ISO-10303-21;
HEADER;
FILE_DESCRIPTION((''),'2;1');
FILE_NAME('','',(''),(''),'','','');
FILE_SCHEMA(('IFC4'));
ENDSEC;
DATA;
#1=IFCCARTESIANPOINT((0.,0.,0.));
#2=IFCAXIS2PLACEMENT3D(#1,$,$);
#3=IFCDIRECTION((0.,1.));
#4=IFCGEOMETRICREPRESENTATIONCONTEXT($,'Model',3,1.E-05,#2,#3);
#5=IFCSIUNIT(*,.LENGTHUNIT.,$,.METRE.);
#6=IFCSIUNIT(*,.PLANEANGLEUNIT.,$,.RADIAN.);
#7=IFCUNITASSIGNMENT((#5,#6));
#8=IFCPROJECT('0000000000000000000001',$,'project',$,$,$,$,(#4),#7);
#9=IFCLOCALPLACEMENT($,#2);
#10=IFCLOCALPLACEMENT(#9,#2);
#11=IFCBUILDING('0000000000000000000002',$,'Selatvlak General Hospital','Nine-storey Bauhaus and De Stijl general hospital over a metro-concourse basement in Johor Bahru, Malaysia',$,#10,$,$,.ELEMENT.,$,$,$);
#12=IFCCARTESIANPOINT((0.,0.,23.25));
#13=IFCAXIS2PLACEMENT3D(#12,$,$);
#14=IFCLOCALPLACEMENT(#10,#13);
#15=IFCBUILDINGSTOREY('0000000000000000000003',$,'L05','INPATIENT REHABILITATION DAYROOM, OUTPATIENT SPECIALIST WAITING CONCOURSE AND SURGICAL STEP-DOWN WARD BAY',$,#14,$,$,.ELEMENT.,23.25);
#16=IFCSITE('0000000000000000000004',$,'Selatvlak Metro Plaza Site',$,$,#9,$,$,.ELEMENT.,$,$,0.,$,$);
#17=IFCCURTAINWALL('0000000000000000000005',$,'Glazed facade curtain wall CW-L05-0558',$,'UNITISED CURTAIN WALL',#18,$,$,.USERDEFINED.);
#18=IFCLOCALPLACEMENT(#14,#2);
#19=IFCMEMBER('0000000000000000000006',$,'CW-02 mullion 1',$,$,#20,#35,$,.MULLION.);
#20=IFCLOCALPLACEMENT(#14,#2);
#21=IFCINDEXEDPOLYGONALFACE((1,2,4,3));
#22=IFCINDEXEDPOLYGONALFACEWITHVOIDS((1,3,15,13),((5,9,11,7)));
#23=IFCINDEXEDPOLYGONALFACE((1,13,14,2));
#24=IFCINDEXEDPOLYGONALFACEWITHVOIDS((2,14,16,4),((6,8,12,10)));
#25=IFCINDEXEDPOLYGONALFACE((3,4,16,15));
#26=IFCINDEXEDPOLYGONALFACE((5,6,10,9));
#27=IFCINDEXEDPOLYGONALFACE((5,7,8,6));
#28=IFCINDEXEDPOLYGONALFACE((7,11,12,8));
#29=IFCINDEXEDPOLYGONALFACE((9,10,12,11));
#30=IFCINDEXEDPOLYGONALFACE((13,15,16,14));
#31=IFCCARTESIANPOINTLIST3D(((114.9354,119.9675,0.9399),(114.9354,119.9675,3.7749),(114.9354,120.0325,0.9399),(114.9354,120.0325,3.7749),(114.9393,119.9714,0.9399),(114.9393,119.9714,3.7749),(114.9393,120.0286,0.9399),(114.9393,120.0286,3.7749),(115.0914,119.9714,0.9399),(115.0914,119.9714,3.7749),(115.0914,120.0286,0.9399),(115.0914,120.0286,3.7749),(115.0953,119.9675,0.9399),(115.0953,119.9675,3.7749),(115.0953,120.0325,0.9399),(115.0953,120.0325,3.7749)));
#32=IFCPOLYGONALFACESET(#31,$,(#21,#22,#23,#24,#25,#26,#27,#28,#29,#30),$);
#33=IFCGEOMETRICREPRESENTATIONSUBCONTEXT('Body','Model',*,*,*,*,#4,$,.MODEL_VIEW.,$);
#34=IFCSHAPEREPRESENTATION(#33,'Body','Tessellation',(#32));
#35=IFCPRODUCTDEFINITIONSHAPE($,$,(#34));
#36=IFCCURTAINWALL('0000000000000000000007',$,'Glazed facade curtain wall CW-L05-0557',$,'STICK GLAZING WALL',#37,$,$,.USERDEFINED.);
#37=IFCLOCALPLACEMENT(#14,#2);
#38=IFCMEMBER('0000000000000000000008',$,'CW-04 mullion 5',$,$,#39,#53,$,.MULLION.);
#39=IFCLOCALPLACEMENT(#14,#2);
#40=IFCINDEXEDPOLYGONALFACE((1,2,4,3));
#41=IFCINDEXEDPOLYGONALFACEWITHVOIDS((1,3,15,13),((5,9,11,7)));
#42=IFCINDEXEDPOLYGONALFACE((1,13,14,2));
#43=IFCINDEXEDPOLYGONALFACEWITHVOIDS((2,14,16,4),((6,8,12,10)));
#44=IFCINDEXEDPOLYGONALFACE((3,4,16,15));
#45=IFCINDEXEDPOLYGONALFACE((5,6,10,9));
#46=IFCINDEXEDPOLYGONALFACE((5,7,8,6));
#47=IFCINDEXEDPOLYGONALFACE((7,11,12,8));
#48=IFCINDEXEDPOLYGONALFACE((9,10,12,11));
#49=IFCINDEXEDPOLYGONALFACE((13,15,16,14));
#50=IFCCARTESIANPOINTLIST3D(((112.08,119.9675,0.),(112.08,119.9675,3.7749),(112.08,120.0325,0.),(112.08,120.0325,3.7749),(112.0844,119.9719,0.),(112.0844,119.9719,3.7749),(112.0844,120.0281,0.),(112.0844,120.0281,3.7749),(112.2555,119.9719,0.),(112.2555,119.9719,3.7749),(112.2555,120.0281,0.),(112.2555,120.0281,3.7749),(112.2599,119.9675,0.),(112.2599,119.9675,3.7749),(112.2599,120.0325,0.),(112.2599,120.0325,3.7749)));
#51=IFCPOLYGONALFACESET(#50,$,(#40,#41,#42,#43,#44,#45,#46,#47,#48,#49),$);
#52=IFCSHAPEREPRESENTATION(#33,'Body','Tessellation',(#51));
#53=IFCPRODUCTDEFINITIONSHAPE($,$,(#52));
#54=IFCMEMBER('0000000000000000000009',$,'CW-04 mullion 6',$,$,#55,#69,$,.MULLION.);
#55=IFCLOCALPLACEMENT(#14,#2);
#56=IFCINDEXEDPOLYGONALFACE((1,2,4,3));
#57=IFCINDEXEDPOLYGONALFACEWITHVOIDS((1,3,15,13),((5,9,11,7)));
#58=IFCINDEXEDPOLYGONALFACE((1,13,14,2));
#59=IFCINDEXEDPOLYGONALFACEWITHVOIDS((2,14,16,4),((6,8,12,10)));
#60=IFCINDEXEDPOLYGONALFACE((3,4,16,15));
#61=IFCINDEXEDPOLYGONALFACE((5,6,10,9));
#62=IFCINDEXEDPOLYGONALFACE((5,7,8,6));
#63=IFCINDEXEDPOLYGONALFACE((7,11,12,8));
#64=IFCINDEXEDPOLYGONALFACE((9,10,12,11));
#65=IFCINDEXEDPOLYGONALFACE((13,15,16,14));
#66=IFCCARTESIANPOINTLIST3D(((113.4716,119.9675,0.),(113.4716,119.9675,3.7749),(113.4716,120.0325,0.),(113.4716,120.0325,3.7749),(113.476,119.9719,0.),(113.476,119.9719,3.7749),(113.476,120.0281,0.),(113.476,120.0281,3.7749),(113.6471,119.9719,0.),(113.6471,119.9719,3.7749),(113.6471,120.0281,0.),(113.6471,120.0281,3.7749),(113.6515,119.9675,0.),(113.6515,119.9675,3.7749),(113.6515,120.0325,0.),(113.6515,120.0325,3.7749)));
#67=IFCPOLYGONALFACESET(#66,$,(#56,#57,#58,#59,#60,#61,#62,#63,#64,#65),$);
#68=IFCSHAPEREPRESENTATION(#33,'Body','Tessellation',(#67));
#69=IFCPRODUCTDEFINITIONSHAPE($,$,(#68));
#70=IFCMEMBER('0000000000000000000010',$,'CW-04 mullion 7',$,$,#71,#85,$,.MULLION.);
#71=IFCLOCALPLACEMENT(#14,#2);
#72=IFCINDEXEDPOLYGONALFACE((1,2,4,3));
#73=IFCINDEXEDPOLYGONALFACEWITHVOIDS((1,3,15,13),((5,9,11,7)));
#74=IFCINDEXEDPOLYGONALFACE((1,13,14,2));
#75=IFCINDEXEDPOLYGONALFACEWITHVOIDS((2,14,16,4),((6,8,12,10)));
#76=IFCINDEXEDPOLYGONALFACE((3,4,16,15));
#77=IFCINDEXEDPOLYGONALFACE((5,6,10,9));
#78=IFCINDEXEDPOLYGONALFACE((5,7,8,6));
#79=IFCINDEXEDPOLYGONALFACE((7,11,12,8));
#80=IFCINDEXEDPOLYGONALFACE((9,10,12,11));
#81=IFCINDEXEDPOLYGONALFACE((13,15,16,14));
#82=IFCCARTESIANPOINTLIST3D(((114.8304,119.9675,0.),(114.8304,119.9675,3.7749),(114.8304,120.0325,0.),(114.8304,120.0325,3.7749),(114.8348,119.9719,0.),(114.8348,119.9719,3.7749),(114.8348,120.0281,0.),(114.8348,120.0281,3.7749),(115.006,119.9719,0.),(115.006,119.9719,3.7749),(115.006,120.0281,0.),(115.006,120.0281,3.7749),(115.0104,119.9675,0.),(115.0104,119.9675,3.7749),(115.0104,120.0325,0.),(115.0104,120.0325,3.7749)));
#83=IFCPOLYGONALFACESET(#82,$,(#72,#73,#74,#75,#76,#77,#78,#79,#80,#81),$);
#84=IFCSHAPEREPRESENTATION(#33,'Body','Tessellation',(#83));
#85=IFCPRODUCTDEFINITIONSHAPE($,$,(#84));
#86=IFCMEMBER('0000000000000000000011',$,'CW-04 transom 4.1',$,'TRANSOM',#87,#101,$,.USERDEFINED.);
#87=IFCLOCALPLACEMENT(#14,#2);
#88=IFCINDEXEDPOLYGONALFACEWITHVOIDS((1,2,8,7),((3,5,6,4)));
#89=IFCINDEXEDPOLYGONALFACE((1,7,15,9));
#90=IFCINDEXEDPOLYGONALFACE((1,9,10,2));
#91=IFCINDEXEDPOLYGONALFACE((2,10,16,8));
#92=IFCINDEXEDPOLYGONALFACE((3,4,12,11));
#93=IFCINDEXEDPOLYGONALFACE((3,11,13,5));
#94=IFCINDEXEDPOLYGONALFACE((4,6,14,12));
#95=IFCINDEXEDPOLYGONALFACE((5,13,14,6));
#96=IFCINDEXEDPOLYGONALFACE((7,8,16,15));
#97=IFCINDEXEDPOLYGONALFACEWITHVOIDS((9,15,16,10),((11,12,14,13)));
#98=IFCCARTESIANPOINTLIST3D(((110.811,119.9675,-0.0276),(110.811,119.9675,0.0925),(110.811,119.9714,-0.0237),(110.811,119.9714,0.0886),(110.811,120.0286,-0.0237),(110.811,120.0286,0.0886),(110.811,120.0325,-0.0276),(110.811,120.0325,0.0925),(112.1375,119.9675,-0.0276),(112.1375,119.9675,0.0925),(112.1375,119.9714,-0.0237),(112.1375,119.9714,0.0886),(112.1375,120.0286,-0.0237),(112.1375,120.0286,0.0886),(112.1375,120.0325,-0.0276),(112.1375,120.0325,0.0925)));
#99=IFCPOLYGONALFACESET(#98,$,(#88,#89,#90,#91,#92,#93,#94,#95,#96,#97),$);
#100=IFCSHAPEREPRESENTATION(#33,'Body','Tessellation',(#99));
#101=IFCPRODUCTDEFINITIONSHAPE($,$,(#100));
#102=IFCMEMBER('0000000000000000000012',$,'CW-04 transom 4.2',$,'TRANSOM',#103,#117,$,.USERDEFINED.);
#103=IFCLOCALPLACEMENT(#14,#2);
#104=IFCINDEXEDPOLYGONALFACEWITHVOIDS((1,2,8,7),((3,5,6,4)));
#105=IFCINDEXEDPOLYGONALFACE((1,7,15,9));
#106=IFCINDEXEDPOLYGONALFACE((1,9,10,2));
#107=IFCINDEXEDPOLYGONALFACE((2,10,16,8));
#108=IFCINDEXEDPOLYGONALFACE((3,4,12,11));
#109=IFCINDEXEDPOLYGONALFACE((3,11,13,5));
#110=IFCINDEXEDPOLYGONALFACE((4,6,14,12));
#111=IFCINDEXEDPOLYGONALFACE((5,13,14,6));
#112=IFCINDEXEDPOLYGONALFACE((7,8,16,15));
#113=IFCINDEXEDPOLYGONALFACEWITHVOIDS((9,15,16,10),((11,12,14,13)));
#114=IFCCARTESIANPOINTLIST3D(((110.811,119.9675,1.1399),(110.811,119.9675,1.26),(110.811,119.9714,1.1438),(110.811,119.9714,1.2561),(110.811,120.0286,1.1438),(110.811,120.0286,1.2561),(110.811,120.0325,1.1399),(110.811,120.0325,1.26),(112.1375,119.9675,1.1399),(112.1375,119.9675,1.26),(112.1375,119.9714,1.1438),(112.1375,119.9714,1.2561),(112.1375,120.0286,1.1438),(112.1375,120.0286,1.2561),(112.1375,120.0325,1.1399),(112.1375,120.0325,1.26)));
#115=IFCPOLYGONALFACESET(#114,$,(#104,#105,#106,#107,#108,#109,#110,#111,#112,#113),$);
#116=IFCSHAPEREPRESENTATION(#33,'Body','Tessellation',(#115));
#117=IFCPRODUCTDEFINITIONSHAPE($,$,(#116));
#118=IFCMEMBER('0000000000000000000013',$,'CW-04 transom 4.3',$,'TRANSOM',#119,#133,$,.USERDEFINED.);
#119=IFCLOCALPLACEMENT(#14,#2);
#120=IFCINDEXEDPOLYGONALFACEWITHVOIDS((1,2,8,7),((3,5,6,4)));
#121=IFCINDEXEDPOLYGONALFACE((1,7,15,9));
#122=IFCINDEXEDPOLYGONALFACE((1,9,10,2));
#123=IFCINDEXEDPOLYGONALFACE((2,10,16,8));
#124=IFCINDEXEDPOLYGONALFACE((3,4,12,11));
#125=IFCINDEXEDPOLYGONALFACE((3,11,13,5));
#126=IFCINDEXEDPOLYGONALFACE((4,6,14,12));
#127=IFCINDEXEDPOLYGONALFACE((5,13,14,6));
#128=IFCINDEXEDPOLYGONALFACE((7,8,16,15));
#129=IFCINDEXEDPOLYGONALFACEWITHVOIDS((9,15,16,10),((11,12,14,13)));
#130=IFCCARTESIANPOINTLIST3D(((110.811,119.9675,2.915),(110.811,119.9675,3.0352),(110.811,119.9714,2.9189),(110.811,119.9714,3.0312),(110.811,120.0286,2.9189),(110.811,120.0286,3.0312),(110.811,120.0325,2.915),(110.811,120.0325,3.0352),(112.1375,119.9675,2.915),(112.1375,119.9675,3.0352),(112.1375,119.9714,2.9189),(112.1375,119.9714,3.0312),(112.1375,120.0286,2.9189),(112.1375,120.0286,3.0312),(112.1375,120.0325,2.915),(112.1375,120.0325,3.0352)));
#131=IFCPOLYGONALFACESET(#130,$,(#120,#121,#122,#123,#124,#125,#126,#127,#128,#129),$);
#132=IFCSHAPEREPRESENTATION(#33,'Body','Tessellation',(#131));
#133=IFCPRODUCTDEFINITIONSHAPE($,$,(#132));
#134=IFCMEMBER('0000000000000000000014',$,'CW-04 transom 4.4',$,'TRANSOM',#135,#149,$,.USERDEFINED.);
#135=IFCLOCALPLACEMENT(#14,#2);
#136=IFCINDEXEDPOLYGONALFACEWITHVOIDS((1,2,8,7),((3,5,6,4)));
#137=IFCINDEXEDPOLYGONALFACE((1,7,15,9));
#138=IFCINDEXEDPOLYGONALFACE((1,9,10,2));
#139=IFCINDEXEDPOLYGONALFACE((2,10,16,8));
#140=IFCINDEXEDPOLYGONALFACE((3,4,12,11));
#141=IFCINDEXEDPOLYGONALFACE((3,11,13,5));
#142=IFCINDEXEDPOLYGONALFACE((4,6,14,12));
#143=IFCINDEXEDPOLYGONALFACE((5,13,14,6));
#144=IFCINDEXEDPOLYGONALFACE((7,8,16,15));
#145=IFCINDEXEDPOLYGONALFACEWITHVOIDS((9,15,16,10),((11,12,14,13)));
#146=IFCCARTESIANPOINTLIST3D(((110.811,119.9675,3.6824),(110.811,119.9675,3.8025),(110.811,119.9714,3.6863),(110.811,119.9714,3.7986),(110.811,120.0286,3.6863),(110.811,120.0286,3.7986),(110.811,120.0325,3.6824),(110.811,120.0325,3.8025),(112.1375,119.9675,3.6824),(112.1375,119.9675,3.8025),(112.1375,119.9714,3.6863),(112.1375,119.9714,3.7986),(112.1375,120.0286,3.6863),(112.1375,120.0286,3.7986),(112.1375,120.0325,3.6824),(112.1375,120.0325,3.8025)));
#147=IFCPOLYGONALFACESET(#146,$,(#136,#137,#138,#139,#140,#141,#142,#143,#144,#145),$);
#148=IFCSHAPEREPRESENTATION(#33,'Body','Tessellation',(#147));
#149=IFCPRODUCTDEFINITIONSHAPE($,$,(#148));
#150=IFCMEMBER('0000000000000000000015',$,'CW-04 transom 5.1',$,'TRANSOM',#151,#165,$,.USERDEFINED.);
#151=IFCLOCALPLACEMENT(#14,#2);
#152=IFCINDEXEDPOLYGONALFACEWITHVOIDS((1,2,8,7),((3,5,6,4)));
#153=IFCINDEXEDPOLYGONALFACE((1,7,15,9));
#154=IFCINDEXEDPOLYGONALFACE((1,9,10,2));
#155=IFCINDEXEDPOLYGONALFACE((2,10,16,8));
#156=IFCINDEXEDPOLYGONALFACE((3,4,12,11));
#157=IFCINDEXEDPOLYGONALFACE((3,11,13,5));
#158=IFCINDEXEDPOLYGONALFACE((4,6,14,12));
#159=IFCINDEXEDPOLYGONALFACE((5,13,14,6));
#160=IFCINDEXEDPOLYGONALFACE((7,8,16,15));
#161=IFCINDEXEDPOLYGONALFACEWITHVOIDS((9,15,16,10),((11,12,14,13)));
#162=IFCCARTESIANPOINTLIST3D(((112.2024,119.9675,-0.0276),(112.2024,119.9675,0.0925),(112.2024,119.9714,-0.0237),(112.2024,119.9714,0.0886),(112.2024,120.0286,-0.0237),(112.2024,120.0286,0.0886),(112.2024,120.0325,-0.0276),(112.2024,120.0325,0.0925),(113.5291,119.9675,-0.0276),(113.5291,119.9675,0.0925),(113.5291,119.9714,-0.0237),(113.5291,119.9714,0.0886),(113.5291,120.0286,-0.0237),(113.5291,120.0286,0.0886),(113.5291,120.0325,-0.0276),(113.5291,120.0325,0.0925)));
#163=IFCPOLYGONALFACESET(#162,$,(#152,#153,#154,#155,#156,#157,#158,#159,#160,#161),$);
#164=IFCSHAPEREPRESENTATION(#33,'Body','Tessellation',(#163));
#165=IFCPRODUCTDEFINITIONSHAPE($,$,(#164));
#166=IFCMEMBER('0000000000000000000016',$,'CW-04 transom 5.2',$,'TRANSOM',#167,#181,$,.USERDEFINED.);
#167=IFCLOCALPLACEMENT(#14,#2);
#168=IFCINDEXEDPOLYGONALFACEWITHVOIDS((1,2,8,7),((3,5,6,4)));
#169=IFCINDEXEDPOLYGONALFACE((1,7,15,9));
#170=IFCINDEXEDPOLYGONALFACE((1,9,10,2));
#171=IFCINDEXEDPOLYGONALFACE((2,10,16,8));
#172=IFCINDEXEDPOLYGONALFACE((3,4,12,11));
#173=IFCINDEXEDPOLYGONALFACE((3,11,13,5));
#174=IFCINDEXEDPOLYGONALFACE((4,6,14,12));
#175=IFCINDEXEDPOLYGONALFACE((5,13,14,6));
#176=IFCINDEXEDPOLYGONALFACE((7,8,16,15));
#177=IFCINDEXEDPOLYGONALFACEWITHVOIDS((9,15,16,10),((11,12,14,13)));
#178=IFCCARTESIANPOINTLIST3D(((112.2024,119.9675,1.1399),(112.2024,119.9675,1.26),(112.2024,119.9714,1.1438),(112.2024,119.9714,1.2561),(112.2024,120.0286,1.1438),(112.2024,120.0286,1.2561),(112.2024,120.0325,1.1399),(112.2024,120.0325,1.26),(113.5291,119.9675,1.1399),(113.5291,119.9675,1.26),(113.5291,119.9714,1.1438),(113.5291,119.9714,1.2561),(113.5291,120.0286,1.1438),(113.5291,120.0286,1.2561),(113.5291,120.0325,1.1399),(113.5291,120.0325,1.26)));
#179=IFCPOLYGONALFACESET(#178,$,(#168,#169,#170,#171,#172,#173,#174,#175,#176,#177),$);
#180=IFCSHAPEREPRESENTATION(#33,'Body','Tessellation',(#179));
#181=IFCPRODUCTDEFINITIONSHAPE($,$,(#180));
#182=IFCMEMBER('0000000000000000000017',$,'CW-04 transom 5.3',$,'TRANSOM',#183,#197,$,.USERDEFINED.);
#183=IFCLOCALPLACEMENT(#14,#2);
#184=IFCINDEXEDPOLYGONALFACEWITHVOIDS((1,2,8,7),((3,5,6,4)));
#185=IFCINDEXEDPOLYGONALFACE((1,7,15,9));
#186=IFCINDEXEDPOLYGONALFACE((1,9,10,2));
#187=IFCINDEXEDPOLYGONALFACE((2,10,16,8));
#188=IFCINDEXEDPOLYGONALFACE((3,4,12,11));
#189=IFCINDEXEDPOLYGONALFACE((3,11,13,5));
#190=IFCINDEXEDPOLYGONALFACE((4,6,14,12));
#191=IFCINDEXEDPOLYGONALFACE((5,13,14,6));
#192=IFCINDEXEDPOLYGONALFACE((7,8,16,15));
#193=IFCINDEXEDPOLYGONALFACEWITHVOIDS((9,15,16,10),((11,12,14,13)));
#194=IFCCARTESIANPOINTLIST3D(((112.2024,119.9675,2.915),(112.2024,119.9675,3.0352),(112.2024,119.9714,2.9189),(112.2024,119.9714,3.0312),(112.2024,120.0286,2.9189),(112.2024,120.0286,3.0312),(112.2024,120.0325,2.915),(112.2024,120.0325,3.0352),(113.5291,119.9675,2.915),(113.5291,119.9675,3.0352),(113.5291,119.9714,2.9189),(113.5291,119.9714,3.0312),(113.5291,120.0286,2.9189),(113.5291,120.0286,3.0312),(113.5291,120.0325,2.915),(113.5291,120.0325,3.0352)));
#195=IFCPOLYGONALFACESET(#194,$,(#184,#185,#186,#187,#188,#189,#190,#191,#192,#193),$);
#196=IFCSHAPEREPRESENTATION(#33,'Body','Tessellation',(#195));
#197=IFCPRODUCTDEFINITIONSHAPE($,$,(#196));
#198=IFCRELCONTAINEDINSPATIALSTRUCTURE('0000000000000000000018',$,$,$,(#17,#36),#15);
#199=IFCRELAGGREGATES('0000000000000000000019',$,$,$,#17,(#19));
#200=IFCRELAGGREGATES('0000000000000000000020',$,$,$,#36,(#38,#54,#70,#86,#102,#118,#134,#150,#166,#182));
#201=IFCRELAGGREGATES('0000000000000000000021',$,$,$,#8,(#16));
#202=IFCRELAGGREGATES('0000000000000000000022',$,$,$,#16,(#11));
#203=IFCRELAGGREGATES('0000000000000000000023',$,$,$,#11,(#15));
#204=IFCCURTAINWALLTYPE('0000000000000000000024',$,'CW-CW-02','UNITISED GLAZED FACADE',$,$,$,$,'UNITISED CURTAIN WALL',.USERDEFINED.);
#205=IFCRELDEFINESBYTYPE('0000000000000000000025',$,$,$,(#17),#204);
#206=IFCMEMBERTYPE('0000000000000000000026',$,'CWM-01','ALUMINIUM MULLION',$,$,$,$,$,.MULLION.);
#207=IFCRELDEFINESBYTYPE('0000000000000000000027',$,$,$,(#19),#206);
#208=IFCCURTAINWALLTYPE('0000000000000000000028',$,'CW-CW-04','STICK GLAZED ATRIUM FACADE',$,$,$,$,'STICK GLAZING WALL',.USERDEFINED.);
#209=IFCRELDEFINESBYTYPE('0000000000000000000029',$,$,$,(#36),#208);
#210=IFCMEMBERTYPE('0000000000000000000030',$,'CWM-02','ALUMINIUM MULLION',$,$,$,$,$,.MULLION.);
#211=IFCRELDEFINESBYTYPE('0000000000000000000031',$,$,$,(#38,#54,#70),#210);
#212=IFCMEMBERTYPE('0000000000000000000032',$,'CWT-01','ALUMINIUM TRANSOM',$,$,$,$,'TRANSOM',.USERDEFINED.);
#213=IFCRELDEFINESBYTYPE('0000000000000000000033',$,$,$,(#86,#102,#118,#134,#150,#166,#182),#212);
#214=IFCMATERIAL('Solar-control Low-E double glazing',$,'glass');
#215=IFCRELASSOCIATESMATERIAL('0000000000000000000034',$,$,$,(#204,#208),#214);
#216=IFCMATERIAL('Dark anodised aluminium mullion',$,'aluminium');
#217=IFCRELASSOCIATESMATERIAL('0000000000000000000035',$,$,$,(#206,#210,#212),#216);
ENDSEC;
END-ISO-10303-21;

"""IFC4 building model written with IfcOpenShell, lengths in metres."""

from ifc_helpers import new_model, si_unit, direction, frame, origin, origin_2d, place, context, subcontext, project, spatial, hollow_rectangle, extrude, material, material_profile, profile_set, type_object, element, aggregate, save


model = new_model("IFC4")

# Units and contexts
model_context = context("Model", 3, precision=1e-05, world=origin(), true_north=direction((0.0, 1.0)))
body_context = subcontext(model_context, "Body", "Model", "MODEL_VIEW")
ifc_project = project(units=[si_unit("LENGTHUNIT", "METRE"), si_unit("PLANEANGLEUNIT", "RADIAN")], contexts=[model_context])

# Site, building, storey
site_placement = place(None, origin())
site = spatial("IfcSite", under=ifc_project, at=site_placement, Name="Selatvlak Metro Plaza Site", CompositionType="ELEMENT", RefElevation=0.0)
building_placement = place(site_placement, origin())
building = spatial("IfcBuilding", under=site, at=building_placement, Name="Selatvlak General Hospital", Description="Nine-storey Bauhaus and De Stijl general hospital over a metro-concourse basement in Johor Bahru, Malaysia", CompositionType="ELEMENT")
storey_placement = place(building_placement, frame((0.0, 0.0, 23.25)))
storey = spatial("IfcBuildingStorey", under=building, at=storey_placement, Name="L05", Description="INPATIENT REHABILITATION DAYROOM, OUTPATIENT SPECIALIST WAITING CONCOURSE AND SURGICAL STEP-DOWN WARD BAY", CompositionType="ELEMENT", Elevation=23.25)

# Curtain wall, member
ifc_material_1 = material(Name="Solar-control Low-E double glazing", Category="glass")
curtain_wall_type_1 = type_object("IfcCurtainWallType", Name="CW-CW-02", Description="UNITISED GLAZED FACADE", ElementType="UNITISED CURTAIN WALL", PredefinedType="USERDEFINED", material=ifc_material_1)
curtain_wall_1_placement = place(storey_placement, origin())
curtain_wall_1 = element("IfcCurtainWall", 1, at=curtain_wall_1_placement, inside=storey, type_object=curtain_wall_type_1, Name="Glazed facade curtain wall CW-L05-0558", ObjectType="UNITISED CURTAIN WALL", PredefinedType="USERDEFINED")
ifc_material_2 = material(Name="Dark anodised aluminium mullion", Category="aluminium")
ifc_material_profile_1 = material_profile(ifc_material_2, hollow_rectangle(XDim=0.0649, YDim=0.1599, WallThickness=0.0039, at=origin_2d()), Name="AL-MUL 65x160x4")
ifc_profile_set_1 = profile_set([ifc_material_profile_1], Name="Dark anodised aluminium mullion")
member_type_1 = type_object("IfcMemberType", Name="CWM-01", Description="ALUMINIUM MULLION", PredefinedType="MULLION", material=ifc_profile_set_1)
member_1_placement = place(storey_placement, frame((115.0154, 120.0, 0.9399), z_axis=(0.0, 0.0, 1.0), x_axis=(0.0, 1.0, 0.0)))
member_1 = element("IfcMember", 2, at=member_1_placement, type_object=member_type_1, Name="CW-02 mullion 1", PredefinedType="MULLION", context=body_context, shape_type="SweptSolid", body=[
    extrude(hollow_rectangle(XDim=0.0649, YDim=0.1599, WallThickness=0.0039, at=origin_2d()), origin(), (0.0, 0.0, 1.0), 2.835),
])
aggregate(curtain_wall_1, [member_1])

# Curtain wall, members
curtain_wall_type_2 = type_object("IfcCurtainWallType", Name="CW-CW-04", Description="STICK GLAZED ATRIUM FACADE", ElementType="STICK GLAZING WALL", PredefinedType="USERDEFINED", material=ifc_material_1)
curtain_wall_2_placement = place(storey_placement, origin())
curtain_wall_2 = element("IfcCurtainWall", 3, at=curtain_wall_2_placement, inside=storey, type_object=curtain_wall_type_2, Name="Glazed facade curtain wall CW-L05-0557", ObjectType="STICK GLAZING WALL", PredefinedType="USERDEFINED")
ifc_material_profile_2 = material_profile(ifc_material_2, hollow_rectangle(XDim=0.0649, YDim=0.1799, WallThickness=0.0044, at=origin_2d()), Name="AL-MUL 65x180x4.5")
ifc_profile_set_2 = profile_set([ifc_material_profile_2], Name="Dark anodised aluminium mullion")
member_type_2 = type_object("IfcMemberType", Name="CWM-02", Description="ALUMINIUM MULLION", PredefinedType="MULLION", material=ifc_profile_set_2)
member_2_placement = place(storey_placement, frame((112.1699, 120.0, 0.0), z_axis=(0.0, 0.0, 1.0), x_axis=(0.0, 1.0, 0.0)))
member_2 = element("IfcMember", 4, at=member_2_placement, type_object=member_type_2, Name="CW-04 mullion 5", PredefinedType="MULLION", context=body_context, shape_type="SweptSolid", body=[
    extrude(hollow_rectangle(XDim=0.0649, YDim=0.1799, WallThickness=0.0044, at=origin_2d()), origin(), (0.0, 0.0, 1.0), 3.7749),
])
member_3_placement = place(storey_placement, frame((113.5615, 120.0, 0.0), z_axis=(0.0, 0.0, 1.0), x_axis=(0.0, 1.0, 0.0)))
member_3 = element("IfcMember", 5, at=member_3_placement, type_object=member_type_2, Name="CW-04 mullion 6", PredefinedType="MULLION", context=body_context, shape_type="SweptSolid", body=[
    extrude(hollow_rectangle(XDim=0.0649, YDim=0.1799, WallThickness=0.0044, at=origin_2d()), origin(), (0.0, 0.0, 1.0), 3.7749),
])
member_4_placement = place(storey_placement, frame((114.9204, 120.0, 0.0), z_axis=(0.0, 0.0, 1.0), x_axis=(0.0, 1.0, 0.0)))
member_4 = element("IfcMember", 6, at=member_4_placement, type_object=member_type_2, Name="CW-04 mullion 7", PredefinedType="MULLION", context=body_context, shape_type="SweptSolid", body=[
    extrude(hollow_rectangle(XDim=0.0649, YDim=0.1799, WallThickness=0.0044, at=origin_2d()), origin(), (0.0, 0.0, 1.0), 3.7749),
])
ifc_material_profile_3 = material_profile(ifc_material_2, hollow_rectangle(XDim=0.0649, YDim=0.1201, WallThickness=0.0039, at=origin_2d()), Name="AL-TRN 65x120x4")
ifc_profile_set_3 = profile_set([ifc_material_profile_3], Name="Dark anodised aluminium mullion")
member_type_3 = type_object("IfcMemberType", Name="CWT-01", Description="ALUMINIUM TRANSOM", ElementType="TRANSOM", PredefinedType="USERDEFINED", material=ifc_profile_set_3)
member_5_placement = place(storey_placement, frame((110.811, 120.0, 0.0325), z_axis=(1.0, 0.0, 0.0), x_axis=(0.0, 1.0, 0.0)))
member_5 = element("IfcMember", 7, at=member_5_placement, type_object=member_type_3, Name="CW-04 transom 4.1", ObjectType="TRANSOM", PredefinedType="USERDEFINED", context=body_context, shape_type="SweptSolid", body=[
    extrude(hollow_rectangle(XDim=0.0649, YDim=0.1201, WallThickness=0.0039, at=origin_2d()), origin(), (0.0, 0.0, 1.0), 1.3264),
])
member_6_placement = place(storey_placement, frame((110.811, 120.0, 1.2), z_axis=(1.0, 0.0, 0.0), x_axis=(0.0, 1.0, 0.0)))
member_6 = element("IfcMember", 8, at=member_6_placement, type_object=member_type_3, Name="CW-04 transom 4.2", ObjectType="TRANSOM", PredefinedType="USERDEFINED", context=body_context, shape_type="SweptSolid", body=[
    extrude(hollow_rectangle(XDim=0.0649, YDim=0.1201, WallThickness=0.0039, at=origin_2d()), origin(), (0.0, 0.0, 1.0), 1.3264),
])
member_7_placement = place(storey_placement, frame((110.811, 120.0, 2.9751), z_axis=(1.0, 0.0, 0.0), x_axis=(0.0, 1.0, 0.0)))
member_7 = element("IfcMember", 9, at=member_7_placement, type_object=member_type_3, Name="CW-04 transom 4.3", ObjectType="TRANSOM", PredefinedType="USERDEFINED", context=body_context, shape_type="SweptSolid", body=[
    extrude(hollow_rectangle(XDim=0.0649, YDim=0.1201, WallThickness=0.0039, at=origin_2d()), origin(), (0.0, 0.0, 1.0), 1.3264),
])
member_8_placement = place(storey_placement, frame((110.811, 120.0, 3.7424), z_axis=(1.0, 0.0, 0.0), x_axis=(0.0, 1.0, 0.0)))
member_8 = element("IfcMember", 10, at=member_8_placement, type_object=member_type_3, Name="CW-04 transom 4.4", ObjectType="TRANSOM", PredefinedType="USERDEFINED", context=body_context, shape_type="SweptSolid", body=[
    extrude(hollow_rectangle(XDim=0.0649, YDim=0.1201, WallThickness=0.0039, at=origin_2d()), origin(), (0.0, 0.0, 1.0), 1.3264),
])
member_9_placement = place(storey_placement, frame((112.2024, 120.0, 0.0325), z_axis=(1.0, 0.0, 0.0), x_axis=(0.0, 1.0, 0.0)))
member_9 = element("IfcMember", 11, at=member_9_placement, type_object=member_type_3, Name="CW-04 transom 5.1", ObjectType="TRANSOM", PredefinedType="USERDEFINED", context=body_context, shape_type="SweptSolid", body=[
    extrude(hollow_rectangle(XDim=0.0649, YDim=0.1201, WallThickness=0.0039, at=origin_2d()), origin(), (0.0, 0.0, 1.0), 1.3267),
])
member_10_placement = place(storey_placement, frame((112.2024, 120.0, 1.2), z_axis=(1.0, 0.0, 0.0), x_axis=(0.0, 1.0, 0.0)))
member_10 = element("IfcMember", 12, at=member_10_placement, type_object=member_type_3, Name="CW-04 transom 5.2", ObjectType="TRANSOM", PredefinedType="USERDEFINED", context=body_context, shape_type="SweptSolid", body=[
    extrude(hollow_rectangle(XDim=0.0649, YDim=0.1201, WallThickness=0.0039, at=origin_2d()), origin(), (0.0, 0.0, 1.0), 1.3267),
])
member_11_placement = place(storey_placement, frame((112.2024, 120.0, 2.9751), z_axis=(1.0, 0.0, 0.0), x_axis=(0.0, 1.0, 0.0)))
member_11 = element("IfcMember", 13, at=member_11_placement, type_object=member_type_3, Name="CW-04 transom 5.3", ObjectType="TRANSOM", PredefinedType="USERDEFINED", context=body_context, shape_type="SweptSolid", body=[
    extrude(hollow_rectangle(XDim=0.0649, YDim=0.1201, WallThickness=0.0039, at=origin_2d()), origin(), (0.0, 0.0, 1.0), 1.3267),
])
aggregate(curtain_wall_2, [member_2, member_3, member_4, member_5, member_6, member_7, member_8, member_9, member_10, member_11])

save(model, "model.ifc")
